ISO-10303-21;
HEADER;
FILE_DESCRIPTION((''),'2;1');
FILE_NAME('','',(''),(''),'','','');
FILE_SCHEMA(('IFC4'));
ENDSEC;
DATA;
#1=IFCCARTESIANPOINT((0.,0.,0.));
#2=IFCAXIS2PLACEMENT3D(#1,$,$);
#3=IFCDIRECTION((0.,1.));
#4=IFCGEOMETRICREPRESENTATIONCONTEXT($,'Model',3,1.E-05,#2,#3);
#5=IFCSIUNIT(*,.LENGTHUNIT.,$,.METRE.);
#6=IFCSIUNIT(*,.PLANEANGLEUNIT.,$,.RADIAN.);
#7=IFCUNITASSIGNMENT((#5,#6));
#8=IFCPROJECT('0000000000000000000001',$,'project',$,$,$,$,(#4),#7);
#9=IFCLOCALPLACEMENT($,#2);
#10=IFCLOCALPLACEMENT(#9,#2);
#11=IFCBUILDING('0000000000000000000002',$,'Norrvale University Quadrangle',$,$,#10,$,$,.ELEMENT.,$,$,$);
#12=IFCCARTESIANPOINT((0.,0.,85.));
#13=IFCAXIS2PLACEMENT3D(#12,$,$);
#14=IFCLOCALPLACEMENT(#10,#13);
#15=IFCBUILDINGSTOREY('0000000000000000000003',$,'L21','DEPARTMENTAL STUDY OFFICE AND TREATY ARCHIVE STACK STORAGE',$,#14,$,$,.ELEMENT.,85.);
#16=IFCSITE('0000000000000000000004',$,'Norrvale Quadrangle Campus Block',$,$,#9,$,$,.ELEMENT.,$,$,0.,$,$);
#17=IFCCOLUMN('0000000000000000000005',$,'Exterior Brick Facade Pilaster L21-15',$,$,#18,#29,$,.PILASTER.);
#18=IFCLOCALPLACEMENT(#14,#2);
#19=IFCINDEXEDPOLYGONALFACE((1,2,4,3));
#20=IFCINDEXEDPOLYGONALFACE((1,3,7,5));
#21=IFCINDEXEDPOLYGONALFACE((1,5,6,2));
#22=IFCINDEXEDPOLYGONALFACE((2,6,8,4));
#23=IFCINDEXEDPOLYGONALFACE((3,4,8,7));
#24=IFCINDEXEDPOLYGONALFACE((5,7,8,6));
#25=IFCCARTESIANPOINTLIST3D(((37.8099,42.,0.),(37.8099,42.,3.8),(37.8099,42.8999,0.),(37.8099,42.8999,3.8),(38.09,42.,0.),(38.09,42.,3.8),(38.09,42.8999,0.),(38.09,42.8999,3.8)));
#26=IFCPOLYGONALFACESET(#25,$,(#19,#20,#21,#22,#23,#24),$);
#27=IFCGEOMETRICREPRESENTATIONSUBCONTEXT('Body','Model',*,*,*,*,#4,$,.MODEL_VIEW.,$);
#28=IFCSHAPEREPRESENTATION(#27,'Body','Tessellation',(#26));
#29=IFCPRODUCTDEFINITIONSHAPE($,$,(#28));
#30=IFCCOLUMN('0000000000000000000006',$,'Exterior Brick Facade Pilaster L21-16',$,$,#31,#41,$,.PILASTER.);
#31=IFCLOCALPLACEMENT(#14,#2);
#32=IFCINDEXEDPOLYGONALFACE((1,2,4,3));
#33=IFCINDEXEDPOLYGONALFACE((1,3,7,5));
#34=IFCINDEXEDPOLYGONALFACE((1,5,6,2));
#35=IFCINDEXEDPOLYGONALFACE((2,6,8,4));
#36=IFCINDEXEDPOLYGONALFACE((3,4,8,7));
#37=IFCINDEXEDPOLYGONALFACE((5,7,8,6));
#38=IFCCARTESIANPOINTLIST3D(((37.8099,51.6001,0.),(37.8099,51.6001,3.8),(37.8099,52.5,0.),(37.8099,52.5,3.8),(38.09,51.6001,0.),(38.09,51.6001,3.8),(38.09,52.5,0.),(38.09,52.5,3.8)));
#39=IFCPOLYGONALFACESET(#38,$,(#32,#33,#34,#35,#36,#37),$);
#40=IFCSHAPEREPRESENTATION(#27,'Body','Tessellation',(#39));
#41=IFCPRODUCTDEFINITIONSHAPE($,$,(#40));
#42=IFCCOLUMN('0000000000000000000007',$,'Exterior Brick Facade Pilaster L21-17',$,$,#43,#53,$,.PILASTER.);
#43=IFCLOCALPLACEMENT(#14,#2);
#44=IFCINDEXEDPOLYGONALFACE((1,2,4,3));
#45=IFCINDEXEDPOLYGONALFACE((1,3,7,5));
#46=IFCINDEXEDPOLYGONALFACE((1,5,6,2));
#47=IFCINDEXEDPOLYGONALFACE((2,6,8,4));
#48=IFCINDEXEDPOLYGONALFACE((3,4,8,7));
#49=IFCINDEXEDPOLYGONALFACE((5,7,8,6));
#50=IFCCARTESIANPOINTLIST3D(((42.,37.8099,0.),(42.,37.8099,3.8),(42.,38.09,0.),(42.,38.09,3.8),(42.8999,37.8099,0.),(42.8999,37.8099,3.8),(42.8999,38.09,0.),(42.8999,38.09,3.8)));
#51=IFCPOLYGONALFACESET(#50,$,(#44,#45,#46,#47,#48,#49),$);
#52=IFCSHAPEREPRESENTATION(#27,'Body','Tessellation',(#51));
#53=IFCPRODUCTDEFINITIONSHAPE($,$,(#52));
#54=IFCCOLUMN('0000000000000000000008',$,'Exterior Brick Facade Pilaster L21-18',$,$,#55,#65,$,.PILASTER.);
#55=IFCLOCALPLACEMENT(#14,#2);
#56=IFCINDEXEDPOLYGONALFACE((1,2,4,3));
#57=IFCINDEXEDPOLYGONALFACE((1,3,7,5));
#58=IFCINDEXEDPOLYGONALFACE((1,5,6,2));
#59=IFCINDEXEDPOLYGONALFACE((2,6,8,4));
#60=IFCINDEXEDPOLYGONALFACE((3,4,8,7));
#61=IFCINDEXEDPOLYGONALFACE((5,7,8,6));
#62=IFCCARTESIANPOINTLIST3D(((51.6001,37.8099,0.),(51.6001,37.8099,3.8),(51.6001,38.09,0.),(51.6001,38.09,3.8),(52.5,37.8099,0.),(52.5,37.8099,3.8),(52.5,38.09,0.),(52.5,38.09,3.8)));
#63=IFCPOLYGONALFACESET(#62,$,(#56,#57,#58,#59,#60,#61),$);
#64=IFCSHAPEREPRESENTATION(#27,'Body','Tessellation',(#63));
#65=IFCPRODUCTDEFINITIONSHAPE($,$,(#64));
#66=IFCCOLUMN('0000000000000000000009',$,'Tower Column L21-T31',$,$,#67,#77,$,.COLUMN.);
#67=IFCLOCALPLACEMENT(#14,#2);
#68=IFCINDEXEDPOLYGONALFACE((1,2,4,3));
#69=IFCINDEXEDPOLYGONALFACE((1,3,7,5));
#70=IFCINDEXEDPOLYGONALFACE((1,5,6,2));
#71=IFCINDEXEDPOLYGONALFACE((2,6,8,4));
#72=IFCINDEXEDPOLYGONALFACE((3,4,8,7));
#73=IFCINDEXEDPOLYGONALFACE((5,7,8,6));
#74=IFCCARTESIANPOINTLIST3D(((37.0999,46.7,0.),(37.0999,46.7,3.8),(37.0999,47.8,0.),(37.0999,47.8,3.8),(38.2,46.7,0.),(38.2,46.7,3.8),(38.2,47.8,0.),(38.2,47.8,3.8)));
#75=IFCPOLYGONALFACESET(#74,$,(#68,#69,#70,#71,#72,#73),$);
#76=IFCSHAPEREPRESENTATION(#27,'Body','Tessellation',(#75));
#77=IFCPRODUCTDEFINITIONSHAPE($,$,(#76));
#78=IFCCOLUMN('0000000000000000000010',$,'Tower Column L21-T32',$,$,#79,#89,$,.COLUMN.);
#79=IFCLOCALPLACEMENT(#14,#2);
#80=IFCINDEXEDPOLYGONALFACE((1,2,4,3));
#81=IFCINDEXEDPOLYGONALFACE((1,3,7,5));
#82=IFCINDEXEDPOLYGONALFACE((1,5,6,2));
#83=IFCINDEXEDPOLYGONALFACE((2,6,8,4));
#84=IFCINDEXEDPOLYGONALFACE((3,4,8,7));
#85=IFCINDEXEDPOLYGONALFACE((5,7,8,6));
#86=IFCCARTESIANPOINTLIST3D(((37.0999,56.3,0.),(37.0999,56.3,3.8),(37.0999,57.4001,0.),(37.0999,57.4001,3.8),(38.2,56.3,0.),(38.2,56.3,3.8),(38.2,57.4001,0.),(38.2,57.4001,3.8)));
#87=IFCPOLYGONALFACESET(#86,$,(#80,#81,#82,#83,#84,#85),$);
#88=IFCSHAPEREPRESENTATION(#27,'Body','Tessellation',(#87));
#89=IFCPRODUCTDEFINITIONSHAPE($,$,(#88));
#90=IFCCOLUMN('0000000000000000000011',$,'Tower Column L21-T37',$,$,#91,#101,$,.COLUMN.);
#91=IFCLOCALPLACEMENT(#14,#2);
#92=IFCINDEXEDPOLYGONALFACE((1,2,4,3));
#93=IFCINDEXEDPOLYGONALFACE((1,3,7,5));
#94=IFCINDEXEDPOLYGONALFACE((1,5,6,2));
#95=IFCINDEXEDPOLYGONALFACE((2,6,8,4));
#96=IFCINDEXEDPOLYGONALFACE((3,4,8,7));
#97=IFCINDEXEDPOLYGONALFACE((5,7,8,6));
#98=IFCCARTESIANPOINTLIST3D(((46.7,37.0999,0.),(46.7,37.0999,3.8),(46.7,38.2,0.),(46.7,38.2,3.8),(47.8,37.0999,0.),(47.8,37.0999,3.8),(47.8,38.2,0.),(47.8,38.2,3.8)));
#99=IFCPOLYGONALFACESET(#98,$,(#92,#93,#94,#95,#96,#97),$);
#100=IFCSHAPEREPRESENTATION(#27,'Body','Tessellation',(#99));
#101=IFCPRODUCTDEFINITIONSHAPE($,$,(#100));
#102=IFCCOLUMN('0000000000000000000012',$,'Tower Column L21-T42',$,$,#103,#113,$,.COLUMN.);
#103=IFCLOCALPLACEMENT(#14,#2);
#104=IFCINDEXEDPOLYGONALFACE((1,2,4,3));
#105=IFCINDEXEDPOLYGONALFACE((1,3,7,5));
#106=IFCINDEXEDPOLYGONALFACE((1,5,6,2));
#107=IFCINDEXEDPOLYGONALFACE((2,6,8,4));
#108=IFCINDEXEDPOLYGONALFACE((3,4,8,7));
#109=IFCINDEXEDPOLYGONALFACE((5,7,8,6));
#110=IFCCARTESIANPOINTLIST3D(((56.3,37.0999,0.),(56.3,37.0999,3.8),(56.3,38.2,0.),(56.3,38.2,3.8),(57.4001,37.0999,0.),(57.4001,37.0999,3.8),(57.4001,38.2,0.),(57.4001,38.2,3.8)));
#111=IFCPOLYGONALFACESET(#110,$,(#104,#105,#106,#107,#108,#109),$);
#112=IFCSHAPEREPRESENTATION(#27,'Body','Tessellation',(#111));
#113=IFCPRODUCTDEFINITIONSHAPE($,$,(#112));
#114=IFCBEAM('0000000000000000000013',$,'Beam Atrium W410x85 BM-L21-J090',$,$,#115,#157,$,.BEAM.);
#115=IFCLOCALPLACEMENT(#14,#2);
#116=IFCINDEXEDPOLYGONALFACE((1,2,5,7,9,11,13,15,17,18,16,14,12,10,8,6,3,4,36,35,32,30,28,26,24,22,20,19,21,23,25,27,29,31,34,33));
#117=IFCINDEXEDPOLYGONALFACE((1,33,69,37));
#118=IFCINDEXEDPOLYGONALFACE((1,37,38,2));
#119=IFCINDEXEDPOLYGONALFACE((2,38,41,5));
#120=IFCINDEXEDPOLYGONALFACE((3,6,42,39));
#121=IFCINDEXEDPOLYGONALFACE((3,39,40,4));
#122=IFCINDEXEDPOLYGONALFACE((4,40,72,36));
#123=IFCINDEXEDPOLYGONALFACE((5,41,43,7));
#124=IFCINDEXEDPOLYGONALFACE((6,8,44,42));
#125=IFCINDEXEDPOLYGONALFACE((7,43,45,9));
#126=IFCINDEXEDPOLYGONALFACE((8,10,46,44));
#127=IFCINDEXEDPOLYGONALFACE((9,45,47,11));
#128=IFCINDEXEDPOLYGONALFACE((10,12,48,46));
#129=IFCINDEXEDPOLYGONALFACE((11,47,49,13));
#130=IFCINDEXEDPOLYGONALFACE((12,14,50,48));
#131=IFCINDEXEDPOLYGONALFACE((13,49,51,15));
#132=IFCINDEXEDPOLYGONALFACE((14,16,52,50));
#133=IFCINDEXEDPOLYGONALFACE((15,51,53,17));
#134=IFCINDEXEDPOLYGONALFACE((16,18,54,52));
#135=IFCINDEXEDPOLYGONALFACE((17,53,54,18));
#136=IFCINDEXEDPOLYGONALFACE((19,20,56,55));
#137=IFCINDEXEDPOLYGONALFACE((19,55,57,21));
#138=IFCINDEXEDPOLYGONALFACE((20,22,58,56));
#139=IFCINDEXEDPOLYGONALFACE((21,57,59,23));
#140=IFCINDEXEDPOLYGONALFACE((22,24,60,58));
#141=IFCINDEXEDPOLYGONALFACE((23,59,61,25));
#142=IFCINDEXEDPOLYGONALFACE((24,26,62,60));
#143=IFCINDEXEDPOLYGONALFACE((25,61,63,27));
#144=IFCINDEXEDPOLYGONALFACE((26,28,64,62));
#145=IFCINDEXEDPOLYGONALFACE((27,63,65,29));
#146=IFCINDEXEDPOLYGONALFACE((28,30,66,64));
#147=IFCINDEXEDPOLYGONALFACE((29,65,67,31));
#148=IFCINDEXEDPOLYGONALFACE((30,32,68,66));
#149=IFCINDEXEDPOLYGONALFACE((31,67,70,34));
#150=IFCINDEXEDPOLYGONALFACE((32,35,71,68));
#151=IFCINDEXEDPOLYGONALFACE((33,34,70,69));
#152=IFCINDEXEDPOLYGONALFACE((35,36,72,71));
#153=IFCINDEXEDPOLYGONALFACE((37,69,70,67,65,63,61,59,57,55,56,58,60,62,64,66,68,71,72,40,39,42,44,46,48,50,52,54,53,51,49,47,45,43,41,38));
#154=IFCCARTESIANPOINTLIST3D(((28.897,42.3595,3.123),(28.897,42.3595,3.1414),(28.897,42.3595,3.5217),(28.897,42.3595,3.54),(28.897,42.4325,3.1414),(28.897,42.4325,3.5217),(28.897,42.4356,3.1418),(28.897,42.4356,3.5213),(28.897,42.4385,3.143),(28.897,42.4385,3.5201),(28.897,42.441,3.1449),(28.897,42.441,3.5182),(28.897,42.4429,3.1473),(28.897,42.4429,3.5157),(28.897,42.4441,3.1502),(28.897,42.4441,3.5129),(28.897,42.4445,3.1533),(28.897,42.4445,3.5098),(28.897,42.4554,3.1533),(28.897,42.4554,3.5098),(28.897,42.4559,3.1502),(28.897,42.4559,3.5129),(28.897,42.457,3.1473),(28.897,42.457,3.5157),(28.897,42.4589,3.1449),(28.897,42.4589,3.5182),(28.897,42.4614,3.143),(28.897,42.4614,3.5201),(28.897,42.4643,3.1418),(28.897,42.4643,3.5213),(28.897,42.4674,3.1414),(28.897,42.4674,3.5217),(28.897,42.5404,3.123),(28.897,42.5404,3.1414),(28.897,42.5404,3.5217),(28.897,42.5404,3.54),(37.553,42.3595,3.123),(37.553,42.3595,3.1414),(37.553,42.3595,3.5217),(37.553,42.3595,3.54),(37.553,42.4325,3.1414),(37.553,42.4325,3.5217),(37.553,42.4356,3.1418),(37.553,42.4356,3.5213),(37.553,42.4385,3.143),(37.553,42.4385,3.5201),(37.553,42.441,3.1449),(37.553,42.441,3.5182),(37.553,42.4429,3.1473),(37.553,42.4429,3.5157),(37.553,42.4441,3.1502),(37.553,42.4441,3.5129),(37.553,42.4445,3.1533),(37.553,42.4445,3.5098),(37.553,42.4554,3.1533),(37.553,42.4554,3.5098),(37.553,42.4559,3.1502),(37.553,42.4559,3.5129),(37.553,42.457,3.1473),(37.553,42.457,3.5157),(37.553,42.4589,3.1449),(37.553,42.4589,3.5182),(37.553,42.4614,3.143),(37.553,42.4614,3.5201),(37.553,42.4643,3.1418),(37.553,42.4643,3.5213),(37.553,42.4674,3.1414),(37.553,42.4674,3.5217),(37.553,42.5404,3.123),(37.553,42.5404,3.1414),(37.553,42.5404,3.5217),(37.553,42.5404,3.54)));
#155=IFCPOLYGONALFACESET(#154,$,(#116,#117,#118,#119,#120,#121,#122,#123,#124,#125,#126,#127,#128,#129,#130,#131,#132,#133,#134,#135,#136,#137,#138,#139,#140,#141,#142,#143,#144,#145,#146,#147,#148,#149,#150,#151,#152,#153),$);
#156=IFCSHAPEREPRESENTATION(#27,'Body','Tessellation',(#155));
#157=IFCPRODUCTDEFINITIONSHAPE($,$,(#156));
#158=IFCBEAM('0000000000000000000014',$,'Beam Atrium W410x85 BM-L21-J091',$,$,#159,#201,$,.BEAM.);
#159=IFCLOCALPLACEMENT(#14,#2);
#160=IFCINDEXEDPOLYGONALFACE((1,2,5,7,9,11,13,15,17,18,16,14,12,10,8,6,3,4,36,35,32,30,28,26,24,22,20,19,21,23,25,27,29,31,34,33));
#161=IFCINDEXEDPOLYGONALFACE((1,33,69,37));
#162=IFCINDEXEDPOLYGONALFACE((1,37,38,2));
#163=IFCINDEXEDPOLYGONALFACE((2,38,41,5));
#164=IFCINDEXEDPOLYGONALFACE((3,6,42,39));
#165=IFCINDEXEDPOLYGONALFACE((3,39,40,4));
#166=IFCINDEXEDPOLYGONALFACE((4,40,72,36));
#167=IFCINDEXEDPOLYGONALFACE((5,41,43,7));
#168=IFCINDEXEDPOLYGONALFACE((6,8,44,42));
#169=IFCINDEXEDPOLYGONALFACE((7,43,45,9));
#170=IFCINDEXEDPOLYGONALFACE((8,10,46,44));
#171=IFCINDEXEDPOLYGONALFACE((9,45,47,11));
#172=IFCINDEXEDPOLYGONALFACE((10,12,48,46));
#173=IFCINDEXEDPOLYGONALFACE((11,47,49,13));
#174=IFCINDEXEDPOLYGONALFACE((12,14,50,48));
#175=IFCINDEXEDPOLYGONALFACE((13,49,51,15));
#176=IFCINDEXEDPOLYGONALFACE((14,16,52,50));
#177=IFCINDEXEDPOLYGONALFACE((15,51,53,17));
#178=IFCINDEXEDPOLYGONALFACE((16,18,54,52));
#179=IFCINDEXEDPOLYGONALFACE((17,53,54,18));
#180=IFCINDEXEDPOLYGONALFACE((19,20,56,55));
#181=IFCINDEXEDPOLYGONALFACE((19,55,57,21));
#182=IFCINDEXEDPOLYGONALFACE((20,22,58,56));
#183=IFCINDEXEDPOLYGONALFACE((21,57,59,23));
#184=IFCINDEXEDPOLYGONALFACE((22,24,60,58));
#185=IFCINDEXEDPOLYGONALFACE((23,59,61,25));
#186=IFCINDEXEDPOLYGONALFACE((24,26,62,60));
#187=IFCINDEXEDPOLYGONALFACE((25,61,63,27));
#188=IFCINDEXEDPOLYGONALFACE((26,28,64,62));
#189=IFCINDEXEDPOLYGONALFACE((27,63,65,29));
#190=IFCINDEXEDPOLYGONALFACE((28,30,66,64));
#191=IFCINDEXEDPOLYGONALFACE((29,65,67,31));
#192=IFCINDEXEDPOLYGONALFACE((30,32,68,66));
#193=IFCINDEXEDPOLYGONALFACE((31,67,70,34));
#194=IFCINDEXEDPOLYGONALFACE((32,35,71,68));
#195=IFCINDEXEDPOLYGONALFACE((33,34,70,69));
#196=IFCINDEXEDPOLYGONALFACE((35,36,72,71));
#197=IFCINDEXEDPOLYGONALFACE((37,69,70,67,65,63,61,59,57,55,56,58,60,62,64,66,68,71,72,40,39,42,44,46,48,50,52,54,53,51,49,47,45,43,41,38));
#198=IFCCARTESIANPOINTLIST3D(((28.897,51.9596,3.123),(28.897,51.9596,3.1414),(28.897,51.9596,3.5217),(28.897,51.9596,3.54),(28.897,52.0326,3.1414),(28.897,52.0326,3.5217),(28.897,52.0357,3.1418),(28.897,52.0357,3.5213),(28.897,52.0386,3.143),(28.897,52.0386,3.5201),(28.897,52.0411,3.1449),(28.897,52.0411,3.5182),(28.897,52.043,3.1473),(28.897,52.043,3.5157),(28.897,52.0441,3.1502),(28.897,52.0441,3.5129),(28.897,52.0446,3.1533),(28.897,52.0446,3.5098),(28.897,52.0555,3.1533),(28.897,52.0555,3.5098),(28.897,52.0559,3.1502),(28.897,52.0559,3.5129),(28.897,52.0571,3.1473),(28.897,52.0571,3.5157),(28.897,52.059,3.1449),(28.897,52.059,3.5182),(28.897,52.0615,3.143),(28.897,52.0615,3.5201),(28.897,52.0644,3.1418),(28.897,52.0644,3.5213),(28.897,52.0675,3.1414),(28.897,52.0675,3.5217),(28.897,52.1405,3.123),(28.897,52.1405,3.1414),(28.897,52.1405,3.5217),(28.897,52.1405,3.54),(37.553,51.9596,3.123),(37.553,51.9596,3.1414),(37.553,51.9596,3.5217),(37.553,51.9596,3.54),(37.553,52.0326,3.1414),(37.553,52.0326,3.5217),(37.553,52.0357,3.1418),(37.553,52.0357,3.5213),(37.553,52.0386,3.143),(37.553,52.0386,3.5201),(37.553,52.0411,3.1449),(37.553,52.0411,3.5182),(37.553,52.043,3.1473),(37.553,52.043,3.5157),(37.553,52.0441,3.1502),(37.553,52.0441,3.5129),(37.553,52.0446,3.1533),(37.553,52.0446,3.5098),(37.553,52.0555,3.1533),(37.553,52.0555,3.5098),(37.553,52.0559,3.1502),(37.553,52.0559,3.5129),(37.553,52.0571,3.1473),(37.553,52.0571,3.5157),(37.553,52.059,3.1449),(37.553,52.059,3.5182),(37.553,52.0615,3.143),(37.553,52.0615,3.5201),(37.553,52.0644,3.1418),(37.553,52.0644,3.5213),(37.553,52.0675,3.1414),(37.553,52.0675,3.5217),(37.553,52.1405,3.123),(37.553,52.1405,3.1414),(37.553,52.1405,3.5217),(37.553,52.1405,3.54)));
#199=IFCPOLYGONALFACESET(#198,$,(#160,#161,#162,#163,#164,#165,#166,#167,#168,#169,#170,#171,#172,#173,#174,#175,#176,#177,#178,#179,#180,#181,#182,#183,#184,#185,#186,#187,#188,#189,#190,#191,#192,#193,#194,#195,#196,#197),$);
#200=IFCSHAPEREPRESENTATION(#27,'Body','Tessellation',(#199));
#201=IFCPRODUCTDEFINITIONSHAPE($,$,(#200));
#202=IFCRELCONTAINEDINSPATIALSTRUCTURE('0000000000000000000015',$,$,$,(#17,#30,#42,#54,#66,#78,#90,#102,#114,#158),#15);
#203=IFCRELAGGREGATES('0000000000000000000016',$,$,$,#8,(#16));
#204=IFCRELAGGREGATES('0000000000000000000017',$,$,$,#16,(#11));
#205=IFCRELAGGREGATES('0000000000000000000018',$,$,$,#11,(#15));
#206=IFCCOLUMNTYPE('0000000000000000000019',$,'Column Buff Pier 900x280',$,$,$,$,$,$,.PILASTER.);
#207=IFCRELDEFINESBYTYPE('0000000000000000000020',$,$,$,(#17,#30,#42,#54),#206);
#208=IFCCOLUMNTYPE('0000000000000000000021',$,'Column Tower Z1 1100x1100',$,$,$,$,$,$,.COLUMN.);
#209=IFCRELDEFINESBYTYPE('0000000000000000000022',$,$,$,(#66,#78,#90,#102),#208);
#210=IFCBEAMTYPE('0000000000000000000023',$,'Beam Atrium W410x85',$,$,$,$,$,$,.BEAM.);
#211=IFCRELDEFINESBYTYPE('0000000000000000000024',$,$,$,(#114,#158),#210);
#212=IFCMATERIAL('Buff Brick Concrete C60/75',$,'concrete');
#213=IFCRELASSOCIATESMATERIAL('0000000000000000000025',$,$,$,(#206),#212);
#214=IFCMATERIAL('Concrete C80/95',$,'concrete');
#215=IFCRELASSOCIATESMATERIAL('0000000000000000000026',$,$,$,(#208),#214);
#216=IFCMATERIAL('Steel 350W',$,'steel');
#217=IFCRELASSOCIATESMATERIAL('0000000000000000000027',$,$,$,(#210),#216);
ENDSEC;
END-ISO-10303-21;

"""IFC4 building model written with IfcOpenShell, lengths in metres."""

from ifc_helpers import new_model, si_unit, direction, frame, origin, origin_2d, place, context, subcontext, project, spatial, rectangle, i_section, extrude, material, material_profile, profile_set, type_object, element, save


model = new_model("IFC4")

# Units and contexts
model_context = context("Model", 3, precision=1e-05, world=origin(), true_north=direction((0.0, 1.0)))
body_context = subcontext(model_context, "Body", "Model", "MODEL_VIEW")
ifc_project = project(units=[si_unit("LENGTHUNIT", "METRE"), si_unit("PLANEANGLEUNIT", "RADIAN")], contexts=[model_context])

# Site, building, storey
site_placement = place(None, origin())
site = spatial("IfcSite", under=ifc_project, at=site_placement, Name="Norrvale Quadrangle Campus Block", CompositionType="ELEMENT", RefElevation=0.0)
building_placement = place(site_placement, origin())
building = spatial("IfcBuilding", under=site, at=building_placement, Name="Norrvale University Quadrangle", CompositionType="ELEMENT")
storey_placement = place(building_placement, frame((0.0, 0.0, 85.0)))
storey = spatial("IfcBuildingStorey", under=building, at=storey_placement, Name="L21", Description="DEPARTMENTAL STUDY OFFICE AND TREATY ARCHIVE STACK STORAGE", CompositionType="ELEMENT", Elevation=85.0)

# Columns
ifc_material_1 = material(Name="Buff Brick Concrete C60/75", Category="concrete")
ifc_material_profile_1 = material_profile(ifc_material_1, rectangle(XDim=0.8999, YDim=0.28, at=origin_2d()), Name="Buff Brick Concrete C60/75")
ifc_profile_set_1 = profile_set([ifc_material_profile_1], Name="Buff Brick Concrete C60/75")
column_type_1 = type_object("IfcColumnType", Name="Column Buff Pier 900x280", PredefinedType="PILASTER", material=ifc_profile_set_1)
for number, where, z_axis, x_axis, name in (
    (1, (37.95, 42.45, 0.0), (0.0, 0.0, 1.0), (0.0, 1.0, 0.0), "Exterior Brick Facade Pilaster L21-15"),
    (2, (37.95, 52.05, 0.0), (0.0, 0.0, 1.0), (0.0, 1.0, 0.0), "Exterior Brick Facade Pilaster L21-16"),
    (3, (42.45, 37.95, 0.0), (0.0, 0.0, 1.0), (1.0, 0.0, 0.0), "Exterior Brick Facade Pilaster L21-17"),
    (4, (52.05, 37.95, 0.0), (0.0, 0.0, 1.0), (1.0, 0.0, 0.0), "Exterior Brick Facade Pilaster L21-18"),
):
    element("IfcColumn", number, at=place(storey_placement, frame(where, z_axis=z_axis, x_axis=x_axis)), inside=storey, type_object=column_type_1, Name=name, PredefinedType="PILASTER", context=body_context, shape_type="SweptSolid", body=[
        extrude(rectangle(XDim=0.8999, YDim=0.28, at=origin_2d()), origin(), (0.0, 0.0, 1.0), 3.8),
    ])
ifc_material_2 = material(Name="Concrete C80/95", Category="concrete")
ifc_material_profile_2 = material_profile(ifc_material_2, rectangle(XDim=1.1001, YDim=1.1001, at=origin_2d()), Name="Concrete C80/95")
ifc_profile_set_2 = profile_set([ifc_material_profile_2], Name="Concrete C80/95")
column_type_2 = type_object("IfcColumnType", Name="Column Tower Z1 1100x1100", PredefinedType="COLUMN", material=ifc_profile_set_2)
for number, where, z_axis, x_axis, name in (
    (5, (37.6499, 47.25, 0.0), (0.0, 0.0, 1.0), (1.0, 0.0, 0.0), "Tower Column L21-T31"),
    (6, (37.6499, 56.8501, 0.0), (0.0, 0.0, 1.0), (1.0, 0.0, 0.0), "Tower Column L21-T32"),
    (7, (47.25, 37.6499, 0.0), (0.0, 0.0, 1.0), (1.0, 0.0, 0.0), "Tower Column L21-T37"),
    (8, (56.8501, 37.6499, 0.0), (0.0, 0.0, 1.0), (1.0, 0.0, 0.0), "Tower Column L21-T42"),
):
    element("IfcColumn", number, at=place(storey_placement, frame(where, z_axis=z_axis, x_axis=x_axis)), inside=storey, type_object=column_type_2, Name=name, PredefinedType="COLUMN", context=body_context, shape_type="SweptSolid", body=[
        extrude(rectangle(XDim=1.1001, YDim=1.1001, at=origin_2d()), origin(), (0.0, 0.0, 1.0), 3.8),
    ])

# Beams
ifc_material_3 = material(Name="Steel 350W", Category="steel")
ifc_material_profile_3 = material_profile(ifc_material_3, i_section(OverallWidth=0.1809, OverallDepth=0.417, WebThickness=0.011, FlangeThickness=0.0183, FilletRadius=0.012, at=origin_2d()), Name="Steel 350W")
ifc_profile_set_3 = profile_set([ifc_material_profile_3], Name="Steel 350W")
beam_type_1 = type_object("IfcBeamType", Name="Beam Atrium W410x85", PredefinedType="BEAM", material=ifc_profile_set_3)
for number, where, z_axis, x_axis, name in (
    (9, (28.897, 42.45, 3.3315), (1.0, 0.0, 0.0), (0.0, 1.0, 0.0), "Beam Atrium W410x85 BM-L21-J090"),
    (10, (28.897, 52.05, 3.3315), (1.0, 0.0, 0.0), (0.0, 1.0, 0.0), "Beam Atrium W410x85 BM-L21-J091"),
):
    element("IfcBeam", number, at=place(storey_placement, frame(where, z_axis=z_axis, x_axis=x_axis)), inside=storey, type_object=beam_type_1, Name=name, PredefinedType="BEAM", context=body_context, shape_type="SweptSolid", body=[
        extrude(i_section(OverallWidth=0.1809, OverallDepth=0.417, WebThickness=0.011, FlangeThickness=0.0183, FilletRadius=0.012, at=origin_2d()), origin(), (0.0, 0.0, 1.0), 8.656),
    ])

save(model, "model.ifc")
